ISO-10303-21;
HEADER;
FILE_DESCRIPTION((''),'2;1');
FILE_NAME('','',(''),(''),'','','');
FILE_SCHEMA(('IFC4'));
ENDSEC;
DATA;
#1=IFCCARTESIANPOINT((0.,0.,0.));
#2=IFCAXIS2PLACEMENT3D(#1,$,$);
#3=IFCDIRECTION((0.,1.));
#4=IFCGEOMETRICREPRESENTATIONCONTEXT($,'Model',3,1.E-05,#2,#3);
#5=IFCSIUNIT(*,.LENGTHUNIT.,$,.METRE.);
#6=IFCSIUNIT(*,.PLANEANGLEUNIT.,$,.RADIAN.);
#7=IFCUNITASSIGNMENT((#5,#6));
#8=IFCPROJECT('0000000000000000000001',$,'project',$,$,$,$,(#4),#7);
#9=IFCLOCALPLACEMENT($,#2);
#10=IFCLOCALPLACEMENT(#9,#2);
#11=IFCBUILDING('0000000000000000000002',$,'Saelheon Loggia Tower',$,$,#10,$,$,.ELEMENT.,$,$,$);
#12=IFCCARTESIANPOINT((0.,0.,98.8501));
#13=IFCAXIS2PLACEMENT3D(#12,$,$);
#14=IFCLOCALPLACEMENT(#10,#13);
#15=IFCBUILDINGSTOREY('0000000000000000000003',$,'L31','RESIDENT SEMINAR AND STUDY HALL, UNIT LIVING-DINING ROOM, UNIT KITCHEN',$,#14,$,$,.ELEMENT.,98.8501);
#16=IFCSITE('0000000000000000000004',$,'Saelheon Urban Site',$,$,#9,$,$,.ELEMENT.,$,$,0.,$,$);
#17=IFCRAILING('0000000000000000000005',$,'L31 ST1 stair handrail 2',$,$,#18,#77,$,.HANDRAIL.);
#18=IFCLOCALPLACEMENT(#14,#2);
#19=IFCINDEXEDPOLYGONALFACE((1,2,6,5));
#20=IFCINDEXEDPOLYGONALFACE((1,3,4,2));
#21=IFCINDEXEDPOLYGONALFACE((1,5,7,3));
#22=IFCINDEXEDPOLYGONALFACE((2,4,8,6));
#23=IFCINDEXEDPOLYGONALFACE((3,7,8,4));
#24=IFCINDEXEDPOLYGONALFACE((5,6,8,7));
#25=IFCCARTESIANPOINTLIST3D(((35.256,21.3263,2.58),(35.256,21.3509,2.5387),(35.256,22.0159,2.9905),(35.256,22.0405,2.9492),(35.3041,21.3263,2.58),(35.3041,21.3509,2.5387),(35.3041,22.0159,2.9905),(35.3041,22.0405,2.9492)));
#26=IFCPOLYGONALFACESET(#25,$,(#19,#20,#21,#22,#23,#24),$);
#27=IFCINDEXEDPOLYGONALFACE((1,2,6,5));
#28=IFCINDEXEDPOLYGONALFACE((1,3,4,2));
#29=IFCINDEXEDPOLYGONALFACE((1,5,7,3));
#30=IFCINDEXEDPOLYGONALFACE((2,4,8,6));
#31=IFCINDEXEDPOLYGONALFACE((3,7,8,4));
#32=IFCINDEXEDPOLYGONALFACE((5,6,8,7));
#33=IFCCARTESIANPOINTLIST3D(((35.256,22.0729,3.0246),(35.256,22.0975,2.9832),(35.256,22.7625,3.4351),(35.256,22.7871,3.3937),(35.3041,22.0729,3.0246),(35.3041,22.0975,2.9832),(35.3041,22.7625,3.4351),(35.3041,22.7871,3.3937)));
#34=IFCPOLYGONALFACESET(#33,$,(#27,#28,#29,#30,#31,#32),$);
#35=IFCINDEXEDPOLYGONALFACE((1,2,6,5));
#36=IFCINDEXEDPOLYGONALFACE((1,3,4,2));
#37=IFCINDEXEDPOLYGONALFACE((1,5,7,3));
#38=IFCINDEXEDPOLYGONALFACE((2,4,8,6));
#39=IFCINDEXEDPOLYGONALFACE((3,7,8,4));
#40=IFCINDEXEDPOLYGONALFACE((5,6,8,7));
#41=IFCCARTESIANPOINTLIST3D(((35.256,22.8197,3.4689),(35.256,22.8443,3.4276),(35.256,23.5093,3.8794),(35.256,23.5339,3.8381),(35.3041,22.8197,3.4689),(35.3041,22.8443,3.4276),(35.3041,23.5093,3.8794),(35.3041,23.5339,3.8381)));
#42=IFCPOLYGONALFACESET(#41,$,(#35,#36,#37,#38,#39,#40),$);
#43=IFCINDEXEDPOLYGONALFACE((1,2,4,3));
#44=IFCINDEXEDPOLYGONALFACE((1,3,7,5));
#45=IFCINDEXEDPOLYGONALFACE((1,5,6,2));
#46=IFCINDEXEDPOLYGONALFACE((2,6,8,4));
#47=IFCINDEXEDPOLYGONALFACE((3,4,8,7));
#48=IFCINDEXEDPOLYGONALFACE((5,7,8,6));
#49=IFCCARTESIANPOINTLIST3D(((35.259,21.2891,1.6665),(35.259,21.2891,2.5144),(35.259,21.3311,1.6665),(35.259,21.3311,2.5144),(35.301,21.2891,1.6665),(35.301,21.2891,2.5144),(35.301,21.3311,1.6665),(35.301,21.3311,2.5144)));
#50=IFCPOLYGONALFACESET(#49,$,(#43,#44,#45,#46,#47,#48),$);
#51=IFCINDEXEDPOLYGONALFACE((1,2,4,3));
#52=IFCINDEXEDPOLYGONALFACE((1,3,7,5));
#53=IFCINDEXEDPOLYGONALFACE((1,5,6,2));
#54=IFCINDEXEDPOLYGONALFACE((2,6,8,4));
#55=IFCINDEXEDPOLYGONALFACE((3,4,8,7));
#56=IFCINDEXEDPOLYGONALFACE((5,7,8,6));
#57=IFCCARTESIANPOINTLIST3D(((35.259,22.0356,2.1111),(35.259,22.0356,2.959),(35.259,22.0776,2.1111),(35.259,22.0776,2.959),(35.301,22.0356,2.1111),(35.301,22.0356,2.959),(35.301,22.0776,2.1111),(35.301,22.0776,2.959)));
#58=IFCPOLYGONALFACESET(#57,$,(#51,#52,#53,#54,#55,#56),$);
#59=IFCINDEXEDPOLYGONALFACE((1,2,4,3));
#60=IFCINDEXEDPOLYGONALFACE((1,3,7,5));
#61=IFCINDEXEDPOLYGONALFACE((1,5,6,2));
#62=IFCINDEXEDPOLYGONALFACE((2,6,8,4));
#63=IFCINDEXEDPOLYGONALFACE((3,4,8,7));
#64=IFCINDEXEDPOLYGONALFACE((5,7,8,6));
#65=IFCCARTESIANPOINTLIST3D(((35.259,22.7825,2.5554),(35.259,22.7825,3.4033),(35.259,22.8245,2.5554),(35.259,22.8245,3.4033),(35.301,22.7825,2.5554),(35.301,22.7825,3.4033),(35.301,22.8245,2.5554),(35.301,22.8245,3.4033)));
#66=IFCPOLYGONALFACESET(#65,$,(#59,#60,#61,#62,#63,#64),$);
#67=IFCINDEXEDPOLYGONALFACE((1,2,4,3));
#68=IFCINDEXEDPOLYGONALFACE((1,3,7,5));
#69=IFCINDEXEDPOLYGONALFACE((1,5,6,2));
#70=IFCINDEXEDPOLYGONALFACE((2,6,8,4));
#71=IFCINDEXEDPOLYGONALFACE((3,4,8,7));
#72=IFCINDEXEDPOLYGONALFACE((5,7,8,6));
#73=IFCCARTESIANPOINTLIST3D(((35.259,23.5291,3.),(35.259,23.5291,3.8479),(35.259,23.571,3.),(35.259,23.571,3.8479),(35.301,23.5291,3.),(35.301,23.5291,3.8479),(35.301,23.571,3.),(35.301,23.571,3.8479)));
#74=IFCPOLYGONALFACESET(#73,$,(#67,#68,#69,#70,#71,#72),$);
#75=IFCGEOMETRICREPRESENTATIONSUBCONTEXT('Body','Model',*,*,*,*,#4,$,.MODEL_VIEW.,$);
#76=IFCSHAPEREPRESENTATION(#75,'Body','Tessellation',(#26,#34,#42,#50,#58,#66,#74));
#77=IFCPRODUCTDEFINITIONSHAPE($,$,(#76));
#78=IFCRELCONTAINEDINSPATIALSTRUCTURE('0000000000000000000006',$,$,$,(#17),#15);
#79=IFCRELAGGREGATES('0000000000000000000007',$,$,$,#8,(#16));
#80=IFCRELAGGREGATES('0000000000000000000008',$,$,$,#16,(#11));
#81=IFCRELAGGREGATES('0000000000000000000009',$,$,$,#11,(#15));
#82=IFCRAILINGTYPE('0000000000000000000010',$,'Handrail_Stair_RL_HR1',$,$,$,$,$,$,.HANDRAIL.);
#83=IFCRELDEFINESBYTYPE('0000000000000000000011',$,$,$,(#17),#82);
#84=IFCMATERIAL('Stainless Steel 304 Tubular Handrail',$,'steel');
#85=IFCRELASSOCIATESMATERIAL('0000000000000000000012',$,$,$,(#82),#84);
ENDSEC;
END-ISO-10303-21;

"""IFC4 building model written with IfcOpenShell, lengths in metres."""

from ifc_helpers import new_model, si_unit, direction, frame, origin, origin_2d, place, context, subcontext, project, spatial, rectangle, extrude, material, type_object, element, save


model = new_model("IFC4")

# Units and contexts
model_context = context("Model", 3, precision=1e-05, world=origin(), true_north=direction((0.0, 1.0)))
body_context = subcontext(model_context, "Body", "Model", "MODEL_VIEW")
ifc_project = project(units=[si_unit("LENGTHUNIT", "METRE"), si_unit("PLANEANGLEUNIT", "RADIAN")], contexts=[model_context])

# Site, building, storey
site_placement = place(None, origin())
site = spatial("IfcSite", under=ifc_project, at=site_placement, Name="Saelheon Urban Site", CompositionType="ELEMENT", RefElevation=0.0)
building_placement = place(site_placement, origin())
building = spatial("IfcBuilding", under=site, at=building_placement, Name="Saelheon Loggia Tower", CompositionType="ELEMENT")
storey_placement = place(building_placement, frame((0.0, 0.0, 98.8501)))
storey = spatial("IfcBuildingStorey", under=building, at=storey_placement, Name="L31", Description="RESIDENT SEMINAR AND STUDY HALL, UNIT LIVING-DINING ROOM, UNIT KITCHEN", CompositionType="ELEMENT", Elevation=98.8501)

# Railing
ifc_material_1 = material(Name="Stainless Steel 304 Tubular Handrail", Category="steel")
railing_type_1 = type_object("IfcRailingType", Name="Handrail_Stair_RL_HR1", PredefinedType="HANDRAIL", material=ifc_material_1)
railing_1_placement = place(storey_placement, frame((35.28, 21.3101, 1.6665)))
element("IfcRailing", 1, at=railing_1_placement, inside=storey, type_object=railing_type_1, Name="L31 ST1 stair handrail 2", PredefinedType="HANDRAIL", context=body_context, shape_type="SweptSolid", body=[
    extrude(rectangle(XDim=0.0481, YDim=0.0481, at=origin_2d()), frame((0.0, 0.0286, 0.8928), z_axis=(0.0, 0.859264, 0.511532), x_axis=(-1.0, 0.0, 0.0)), (0.0, 0.0, 1.0), 0.8025),
    extrude(rectangle(XDim=0.0481, YDim=0.0481, at=origin_2d()), frame((0.0, 0.7751, 1.3374), z_axis=(0.0, 0.859264, 0.511532), x_axis=(-1.0, 0.0, 0.0)), (0.0, 0.0, 1.0), 0.8025),
    extrude(rectangle(XDim=0.0481, YDim=0.0481, at=origin_2d()), frame((0.0, 1.522, 1.7817), z_axis=(0.0, 0.859264, 0.511532), x_axis=(-1.0, 0.0, 0.0)), (0.0, 0.0, 1.0), 0.8025),
    extrude(rectangle(XDim=0.042, YDim=0.042, at=origin_2d()), origin(), (0.0, 0.0, 1.0), 0.8479),
    extrude(rectangle(XDim=0.042, YDim=0.042, at=origin_2d()), frame((0.0, 0.7466, 0.4446)), (0.0, 0.0, 1.0), 0.8479),
    extrude(rectangle(XDim=0.042, YDim=0.042, at=origin_2d()), frame((0.0, 1.4934, 0.8889)), (0.0, 0.0, 1.0), 0.8479),
    extrude(rectangle(XDim=0.042, YDim=0.042, at=origin_2d()), frame((0.0, 2.24, 1.3335)), (0.0, 0.0, 1.0), 0.8479),
])

save(model, "model.ifc")
